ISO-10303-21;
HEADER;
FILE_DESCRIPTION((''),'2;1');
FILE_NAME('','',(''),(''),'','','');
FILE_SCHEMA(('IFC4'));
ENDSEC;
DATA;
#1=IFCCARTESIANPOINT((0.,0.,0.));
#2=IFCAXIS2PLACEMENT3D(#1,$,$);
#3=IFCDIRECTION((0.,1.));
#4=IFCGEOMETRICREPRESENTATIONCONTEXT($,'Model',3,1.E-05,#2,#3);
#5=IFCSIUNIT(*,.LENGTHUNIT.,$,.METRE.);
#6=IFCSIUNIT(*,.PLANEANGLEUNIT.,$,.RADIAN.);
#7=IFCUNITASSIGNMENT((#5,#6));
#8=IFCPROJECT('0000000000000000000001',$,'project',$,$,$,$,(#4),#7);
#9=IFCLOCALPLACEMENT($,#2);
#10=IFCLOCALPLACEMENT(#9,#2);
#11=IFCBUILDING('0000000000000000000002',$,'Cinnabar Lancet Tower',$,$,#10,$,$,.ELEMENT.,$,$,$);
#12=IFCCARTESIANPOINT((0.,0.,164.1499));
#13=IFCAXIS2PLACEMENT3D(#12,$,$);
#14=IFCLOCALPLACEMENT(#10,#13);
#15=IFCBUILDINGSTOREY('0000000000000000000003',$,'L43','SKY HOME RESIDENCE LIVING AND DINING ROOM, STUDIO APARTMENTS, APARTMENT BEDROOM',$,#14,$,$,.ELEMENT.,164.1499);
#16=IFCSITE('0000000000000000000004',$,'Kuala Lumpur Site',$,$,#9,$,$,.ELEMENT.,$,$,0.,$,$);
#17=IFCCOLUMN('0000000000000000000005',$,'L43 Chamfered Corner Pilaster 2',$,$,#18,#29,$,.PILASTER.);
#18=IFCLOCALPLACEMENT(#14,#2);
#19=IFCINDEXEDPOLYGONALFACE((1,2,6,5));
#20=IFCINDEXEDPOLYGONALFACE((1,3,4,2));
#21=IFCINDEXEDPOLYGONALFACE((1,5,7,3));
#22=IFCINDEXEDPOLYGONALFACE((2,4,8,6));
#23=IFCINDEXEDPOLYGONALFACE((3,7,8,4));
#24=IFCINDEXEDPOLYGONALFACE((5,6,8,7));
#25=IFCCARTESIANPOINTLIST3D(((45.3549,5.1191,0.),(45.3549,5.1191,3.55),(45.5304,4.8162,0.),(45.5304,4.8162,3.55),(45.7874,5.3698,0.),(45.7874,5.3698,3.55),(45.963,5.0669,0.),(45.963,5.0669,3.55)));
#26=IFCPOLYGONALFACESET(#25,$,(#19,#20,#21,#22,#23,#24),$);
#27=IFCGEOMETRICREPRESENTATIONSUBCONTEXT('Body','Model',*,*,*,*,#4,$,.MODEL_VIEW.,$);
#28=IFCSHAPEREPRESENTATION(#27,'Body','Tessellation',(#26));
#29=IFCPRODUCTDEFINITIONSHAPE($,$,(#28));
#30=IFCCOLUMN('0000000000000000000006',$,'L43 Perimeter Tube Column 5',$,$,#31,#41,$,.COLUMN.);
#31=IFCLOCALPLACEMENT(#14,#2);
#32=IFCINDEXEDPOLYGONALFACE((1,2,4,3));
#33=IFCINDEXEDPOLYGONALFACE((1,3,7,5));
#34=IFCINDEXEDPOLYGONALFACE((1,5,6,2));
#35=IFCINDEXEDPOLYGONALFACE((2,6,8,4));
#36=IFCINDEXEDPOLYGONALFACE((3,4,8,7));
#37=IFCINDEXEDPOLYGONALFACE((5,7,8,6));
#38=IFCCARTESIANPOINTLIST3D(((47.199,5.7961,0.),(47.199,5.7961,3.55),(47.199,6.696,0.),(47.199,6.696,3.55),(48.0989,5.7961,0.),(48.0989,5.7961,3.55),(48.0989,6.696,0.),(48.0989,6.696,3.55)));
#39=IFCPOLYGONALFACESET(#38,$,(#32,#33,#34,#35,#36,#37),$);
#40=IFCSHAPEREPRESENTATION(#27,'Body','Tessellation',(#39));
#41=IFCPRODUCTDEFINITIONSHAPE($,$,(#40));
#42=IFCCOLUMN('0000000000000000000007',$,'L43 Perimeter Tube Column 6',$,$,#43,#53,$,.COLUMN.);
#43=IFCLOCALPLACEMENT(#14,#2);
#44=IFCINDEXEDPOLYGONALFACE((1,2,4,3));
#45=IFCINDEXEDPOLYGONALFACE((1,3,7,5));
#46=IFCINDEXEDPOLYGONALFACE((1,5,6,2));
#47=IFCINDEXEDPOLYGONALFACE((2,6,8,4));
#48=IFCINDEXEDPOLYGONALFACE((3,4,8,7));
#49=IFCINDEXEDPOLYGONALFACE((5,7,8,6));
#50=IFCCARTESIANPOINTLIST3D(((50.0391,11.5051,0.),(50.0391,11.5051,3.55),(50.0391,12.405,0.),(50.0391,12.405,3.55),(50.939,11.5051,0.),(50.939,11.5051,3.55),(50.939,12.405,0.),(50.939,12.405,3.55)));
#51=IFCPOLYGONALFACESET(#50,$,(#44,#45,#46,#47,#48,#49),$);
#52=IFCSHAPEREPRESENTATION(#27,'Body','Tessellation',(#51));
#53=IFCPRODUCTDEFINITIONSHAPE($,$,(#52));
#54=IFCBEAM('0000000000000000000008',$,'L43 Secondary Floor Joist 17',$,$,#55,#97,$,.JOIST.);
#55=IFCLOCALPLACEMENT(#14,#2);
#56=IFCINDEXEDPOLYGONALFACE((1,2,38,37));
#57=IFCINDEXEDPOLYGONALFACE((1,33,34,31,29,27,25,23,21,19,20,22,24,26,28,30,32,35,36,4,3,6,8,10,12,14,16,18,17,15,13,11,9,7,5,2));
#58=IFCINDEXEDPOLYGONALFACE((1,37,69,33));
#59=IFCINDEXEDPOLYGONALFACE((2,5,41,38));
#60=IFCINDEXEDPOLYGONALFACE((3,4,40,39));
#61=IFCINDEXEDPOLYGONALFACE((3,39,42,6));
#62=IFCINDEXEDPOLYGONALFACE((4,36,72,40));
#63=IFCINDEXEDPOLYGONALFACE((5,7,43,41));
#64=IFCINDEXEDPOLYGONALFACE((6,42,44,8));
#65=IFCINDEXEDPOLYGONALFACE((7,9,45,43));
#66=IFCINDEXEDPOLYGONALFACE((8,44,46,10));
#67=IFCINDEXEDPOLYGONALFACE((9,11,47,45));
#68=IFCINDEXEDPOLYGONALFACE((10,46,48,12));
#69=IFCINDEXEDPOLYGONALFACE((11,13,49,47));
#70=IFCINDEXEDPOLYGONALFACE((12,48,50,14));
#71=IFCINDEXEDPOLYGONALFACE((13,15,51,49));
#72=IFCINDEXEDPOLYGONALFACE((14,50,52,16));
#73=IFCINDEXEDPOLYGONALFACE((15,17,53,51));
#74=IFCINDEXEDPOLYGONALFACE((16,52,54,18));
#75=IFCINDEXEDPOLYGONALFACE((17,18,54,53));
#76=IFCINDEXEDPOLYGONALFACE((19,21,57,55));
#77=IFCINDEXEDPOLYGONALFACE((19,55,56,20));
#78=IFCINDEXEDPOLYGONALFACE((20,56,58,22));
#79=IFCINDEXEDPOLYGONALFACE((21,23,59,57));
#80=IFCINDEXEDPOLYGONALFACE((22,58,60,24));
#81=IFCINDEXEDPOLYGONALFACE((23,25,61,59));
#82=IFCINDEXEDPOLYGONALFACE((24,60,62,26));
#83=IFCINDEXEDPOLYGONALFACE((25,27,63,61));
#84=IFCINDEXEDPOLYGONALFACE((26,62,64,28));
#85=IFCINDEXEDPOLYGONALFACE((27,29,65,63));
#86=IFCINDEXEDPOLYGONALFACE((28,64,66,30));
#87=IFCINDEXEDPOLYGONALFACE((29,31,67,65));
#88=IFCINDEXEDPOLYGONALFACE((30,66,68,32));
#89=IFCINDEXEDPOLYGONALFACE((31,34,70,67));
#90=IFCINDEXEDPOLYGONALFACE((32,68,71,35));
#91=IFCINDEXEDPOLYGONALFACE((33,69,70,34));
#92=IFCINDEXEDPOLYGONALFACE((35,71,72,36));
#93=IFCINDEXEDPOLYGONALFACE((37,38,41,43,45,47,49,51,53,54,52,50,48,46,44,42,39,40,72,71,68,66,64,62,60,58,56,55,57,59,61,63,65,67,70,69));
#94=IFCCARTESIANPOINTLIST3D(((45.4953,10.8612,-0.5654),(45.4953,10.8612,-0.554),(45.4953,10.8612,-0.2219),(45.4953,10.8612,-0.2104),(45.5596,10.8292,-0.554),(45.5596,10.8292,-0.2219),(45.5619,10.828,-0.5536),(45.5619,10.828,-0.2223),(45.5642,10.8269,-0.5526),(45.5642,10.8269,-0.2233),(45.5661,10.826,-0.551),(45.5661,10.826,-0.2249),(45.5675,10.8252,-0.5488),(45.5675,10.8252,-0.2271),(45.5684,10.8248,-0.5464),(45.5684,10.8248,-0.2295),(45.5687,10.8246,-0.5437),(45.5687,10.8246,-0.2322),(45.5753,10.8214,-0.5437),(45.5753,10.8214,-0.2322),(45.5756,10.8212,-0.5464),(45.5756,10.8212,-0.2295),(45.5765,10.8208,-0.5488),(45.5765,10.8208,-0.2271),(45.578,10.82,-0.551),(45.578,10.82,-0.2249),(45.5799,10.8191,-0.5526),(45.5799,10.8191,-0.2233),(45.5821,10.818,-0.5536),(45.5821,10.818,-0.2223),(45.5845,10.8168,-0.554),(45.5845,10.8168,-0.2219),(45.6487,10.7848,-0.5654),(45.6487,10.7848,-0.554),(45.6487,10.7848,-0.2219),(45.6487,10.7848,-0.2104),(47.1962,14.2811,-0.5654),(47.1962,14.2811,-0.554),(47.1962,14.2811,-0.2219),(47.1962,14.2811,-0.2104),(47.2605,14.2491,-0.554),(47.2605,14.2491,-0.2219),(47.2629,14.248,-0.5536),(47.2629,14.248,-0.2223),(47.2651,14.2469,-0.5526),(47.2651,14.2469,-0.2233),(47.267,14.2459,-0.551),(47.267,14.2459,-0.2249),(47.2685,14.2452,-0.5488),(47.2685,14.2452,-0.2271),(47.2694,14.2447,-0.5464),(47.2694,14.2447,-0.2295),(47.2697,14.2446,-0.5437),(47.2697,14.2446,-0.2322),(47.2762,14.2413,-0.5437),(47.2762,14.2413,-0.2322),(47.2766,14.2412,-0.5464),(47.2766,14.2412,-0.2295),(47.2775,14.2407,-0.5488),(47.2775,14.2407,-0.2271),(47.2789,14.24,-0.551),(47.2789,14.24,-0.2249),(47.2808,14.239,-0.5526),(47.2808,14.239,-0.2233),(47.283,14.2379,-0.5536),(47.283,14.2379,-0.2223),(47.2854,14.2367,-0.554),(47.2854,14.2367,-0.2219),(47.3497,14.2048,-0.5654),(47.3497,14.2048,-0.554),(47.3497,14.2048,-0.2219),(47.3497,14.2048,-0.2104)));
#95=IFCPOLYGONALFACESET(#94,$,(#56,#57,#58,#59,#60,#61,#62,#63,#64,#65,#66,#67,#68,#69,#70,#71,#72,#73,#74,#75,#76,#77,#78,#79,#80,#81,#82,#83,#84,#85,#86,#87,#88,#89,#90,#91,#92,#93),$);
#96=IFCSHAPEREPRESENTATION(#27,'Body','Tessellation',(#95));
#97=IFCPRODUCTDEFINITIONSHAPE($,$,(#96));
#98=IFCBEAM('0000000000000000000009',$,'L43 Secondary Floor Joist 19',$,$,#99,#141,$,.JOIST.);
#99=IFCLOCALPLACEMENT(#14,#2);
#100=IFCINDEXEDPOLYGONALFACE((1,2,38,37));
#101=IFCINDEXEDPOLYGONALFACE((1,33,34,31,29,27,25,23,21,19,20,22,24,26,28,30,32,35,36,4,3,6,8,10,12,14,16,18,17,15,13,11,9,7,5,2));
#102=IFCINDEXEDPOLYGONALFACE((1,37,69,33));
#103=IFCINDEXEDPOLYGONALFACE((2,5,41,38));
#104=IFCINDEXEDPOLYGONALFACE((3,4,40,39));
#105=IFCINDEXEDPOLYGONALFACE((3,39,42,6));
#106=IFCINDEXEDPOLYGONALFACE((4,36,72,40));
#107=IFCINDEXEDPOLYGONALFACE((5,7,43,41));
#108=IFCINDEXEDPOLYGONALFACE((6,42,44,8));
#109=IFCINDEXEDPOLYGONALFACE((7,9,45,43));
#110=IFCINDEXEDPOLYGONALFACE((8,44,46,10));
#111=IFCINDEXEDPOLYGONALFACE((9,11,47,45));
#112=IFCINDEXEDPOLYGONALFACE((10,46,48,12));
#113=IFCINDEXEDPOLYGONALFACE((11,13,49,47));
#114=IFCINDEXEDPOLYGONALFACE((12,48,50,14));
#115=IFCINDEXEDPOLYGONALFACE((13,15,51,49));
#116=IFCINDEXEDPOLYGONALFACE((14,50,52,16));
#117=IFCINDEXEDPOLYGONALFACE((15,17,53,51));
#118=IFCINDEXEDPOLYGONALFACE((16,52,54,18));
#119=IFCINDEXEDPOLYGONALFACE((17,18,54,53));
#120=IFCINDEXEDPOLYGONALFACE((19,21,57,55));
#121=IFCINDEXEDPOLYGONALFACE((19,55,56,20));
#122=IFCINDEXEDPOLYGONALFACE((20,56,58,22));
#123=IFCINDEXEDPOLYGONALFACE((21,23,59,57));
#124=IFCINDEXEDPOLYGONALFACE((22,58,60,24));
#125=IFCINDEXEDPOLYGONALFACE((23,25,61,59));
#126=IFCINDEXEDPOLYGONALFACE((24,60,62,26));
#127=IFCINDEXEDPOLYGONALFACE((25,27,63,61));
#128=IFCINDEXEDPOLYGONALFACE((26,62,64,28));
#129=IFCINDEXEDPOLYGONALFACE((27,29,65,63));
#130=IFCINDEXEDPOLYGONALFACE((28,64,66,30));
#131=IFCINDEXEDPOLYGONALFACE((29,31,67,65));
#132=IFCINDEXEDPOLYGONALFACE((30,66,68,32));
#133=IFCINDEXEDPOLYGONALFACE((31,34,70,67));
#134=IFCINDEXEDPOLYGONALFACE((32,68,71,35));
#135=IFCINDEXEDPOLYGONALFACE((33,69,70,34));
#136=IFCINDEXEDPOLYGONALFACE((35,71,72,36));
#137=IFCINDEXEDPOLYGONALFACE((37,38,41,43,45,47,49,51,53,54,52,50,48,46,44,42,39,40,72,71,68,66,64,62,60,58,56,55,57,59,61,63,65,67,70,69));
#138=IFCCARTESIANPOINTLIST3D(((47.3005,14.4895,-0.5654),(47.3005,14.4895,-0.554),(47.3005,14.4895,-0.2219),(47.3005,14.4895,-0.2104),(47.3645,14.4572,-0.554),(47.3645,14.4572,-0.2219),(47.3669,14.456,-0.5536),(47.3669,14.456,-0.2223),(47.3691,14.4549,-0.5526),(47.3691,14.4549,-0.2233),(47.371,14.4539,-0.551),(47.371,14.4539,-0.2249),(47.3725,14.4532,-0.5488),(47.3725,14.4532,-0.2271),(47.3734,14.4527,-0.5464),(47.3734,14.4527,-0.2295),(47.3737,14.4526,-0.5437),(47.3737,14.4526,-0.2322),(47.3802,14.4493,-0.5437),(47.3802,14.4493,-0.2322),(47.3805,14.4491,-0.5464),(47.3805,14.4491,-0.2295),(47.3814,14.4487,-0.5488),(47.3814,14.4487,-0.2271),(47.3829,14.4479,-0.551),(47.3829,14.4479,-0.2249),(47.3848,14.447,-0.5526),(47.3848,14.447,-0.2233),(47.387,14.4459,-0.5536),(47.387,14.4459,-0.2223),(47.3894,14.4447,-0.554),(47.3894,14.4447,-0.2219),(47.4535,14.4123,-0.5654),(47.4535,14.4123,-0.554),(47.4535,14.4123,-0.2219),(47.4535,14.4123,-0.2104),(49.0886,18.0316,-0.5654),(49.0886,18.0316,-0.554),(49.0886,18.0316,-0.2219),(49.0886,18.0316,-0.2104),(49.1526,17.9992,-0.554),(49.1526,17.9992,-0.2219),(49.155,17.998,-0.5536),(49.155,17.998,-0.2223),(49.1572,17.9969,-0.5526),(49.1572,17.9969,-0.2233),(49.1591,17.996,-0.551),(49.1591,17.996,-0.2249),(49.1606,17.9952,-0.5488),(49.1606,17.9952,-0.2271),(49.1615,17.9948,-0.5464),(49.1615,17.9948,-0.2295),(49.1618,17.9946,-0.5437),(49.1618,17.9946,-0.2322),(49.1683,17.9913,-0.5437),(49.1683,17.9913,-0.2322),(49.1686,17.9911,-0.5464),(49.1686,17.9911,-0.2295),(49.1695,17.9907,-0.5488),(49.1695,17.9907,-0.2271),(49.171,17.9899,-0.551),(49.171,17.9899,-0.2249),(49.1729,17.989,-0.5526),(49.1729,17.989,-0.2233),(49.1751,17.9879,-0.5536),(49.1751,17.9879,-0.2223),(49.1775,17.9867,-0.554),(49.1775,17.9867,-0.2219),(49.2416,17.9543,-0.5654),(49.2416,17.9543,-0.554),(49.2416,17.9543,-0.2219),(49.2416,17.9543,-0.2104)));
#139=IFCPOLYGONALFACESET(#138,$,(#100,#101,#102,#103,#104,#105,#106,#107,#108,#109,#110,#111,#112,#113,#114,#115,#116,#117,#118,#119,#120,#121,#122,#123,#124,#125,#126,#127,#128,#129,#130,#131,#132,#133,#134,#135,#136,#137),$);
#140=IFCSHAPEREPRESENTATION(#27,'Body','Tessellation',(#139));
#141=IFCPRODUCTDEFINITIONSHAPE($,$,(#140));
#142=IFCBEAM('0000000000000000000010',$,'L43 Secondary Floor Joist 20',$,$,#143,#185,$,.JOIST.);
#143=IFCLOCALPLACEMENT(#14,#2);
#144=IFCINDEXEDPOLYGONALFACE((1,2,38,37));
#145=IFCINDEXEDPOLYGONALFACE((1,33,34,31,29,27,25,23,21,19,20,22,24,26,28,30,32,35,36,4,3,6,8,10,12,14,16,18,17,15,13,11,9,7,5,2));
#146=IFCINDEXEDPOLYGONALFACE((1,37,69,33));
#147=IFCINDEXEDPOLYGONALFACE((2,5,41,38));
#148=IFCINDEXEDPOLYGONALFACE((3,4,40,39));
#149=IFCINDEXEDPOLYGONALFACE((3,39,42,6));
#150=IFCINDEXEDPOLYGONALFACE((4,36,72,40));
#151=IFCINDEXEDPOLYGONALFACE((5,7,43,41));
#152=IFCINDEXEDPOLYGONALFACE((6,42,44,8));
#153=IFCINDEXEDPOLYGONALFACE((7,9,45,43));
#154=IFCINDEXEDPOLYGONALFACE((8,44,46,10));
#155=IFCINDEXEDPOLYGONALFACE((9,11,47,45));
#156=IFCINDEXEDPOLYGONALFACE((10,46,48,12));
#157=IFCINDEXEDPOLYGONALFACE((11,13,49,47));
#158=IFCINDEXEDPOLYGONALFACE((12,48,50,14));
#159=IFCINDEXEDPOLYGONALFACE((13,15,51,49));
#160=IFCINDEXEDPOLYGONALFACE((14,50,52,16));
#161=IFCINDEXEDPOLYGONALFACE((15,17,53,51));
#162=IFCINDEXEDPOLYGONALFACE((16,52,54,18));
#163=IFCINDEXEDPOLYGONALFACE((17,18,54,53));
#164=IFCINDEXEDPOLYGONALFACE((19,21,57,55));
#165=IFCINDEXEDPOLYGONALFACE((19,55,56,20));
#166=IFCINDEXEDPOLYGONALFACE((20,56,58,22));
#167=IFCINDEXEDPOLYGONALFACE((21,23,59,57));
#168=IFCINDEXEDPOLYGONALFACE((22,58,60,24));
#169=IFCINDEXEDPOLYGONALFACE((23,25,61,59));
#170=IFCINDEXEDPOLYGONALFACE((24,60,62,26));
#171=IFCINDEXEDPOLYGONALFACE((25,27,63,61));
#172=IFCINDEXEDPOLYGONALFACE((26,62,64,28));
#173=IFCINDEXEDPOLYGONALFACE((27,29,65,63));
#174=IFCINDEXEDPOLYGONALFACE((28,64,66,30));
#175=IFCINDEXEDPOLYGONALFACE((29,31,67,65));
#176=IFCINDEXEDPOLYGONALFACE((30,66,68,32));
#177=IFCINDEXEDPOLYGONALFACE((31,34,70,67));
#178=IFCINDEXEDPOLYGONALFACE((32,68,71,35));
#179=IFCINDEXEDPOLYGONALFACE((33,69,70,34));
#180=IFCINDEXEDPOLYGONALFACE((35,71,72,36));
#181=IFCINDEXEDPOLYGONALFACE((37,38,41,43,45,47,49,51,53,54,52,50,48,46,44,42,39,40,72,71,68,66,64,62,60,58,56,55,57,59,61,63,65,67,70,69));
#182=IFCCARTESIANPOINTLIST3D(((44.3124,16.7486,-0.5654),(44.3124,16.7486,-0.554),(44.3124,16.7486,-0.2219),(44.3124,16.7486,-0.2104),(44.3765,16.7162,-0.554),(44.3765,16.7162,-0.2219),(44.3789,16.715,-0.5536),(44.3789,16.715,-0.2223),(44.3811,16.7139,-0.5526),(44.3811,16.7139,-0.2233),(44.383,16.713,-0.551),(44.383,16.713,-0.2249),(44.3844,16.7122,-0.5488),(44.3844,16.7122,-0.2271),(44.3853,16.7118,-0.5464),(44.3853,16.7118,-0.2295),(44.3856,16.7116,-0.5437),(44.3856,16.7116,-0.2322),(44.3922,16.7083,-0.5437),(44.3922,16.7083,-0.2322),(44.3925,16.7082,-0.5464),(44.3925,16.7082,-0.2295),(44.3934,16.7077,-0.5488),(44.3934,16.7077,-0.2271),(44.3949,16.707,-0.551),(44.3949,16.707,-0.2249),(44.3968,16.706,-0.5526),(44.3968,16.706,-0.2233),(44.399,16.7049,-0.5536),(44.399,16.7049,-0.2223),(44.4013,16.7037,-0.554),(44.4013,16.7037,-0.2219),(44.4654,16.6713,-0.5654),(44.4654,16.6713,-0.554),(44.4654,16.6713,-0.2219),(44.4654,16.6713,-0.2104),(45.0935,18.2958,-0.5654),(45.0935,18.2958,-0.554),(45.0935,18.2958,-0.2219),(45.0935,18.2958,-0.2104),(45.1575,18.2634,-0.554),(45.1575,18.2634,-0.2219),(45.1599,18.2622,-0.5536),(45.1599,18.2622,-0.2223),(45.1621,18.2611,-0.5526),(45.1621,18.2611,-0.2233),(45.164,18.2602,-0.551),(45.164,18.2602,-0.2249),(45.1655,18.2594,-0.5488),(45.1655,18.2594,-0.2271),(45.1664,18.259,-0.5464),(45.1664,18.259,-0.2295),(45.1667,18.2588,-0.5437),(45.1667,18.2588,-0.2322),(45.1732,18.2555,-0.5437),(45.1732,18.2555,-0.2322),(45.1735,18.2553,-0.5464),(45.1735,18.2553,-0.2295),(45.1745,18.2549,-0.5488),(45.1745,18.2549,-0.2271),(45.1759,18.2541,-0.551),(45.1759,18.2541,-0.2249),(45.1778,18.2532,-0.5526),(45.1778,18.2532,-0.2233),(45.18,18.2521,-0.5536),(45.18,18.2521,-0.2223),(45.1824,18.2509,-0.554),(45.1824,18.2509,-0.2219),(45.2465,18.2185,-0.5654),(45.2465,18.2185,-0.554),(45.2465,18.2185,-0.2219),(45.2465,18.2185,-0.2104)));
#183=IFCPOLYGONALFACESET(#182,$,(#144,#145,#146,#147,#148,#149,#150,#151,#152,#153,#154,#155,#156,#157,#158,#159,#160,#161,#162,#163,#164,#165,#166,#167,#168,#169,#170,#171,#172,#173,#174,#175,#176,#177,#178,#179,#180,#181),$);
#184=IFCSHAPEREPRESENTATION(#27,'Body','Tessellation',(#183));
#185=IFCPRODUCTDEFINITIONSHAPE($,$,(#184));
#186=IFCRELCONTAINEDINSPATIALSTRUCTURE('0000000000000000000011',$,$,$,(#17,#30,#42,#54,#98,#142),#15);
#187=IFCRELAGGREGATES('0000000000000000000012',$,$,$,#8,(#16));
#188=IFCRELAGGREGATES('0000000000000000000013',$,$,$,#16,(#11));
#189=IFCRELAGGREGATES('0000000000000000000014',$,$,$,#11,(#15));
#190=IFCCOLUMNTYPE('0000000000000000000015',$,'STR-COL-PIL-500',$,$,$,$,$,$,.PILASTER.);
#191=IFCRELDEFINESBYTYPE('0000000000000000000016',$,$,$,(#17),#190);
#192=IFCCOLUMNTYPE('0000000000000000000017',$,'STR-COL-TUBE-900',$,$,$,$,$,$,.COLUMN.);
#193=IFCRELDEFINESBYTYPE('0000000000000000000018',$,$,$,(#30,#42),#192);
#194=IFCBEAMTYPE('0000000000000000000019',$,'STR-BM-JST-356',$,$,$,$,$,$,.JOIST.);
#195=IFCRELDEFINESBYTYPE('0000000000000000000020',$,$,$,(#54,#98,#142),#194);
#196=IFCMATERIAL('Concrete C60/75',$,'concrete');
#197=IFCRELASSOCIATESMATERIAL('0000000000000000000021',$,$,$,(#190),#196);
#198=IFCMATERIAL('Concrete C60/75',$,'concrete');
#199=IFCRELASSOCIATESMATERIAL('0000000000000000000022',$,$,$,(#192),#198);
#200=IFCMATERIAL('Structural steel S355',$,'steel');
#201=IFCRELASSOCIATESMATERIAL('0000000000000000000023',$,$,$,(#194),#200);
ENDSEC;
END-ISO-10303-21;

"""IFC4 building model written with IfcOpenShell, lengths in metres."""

from ifc_helpers import new_model, si_unit, direction, frame, origin, origin_2d, place, context, subcontext, project, spatial, rectangle, i_section, extrude, material, material_profile, profile_set, type_object, element, save


model = new_model("IFC4")

# Units and contexts
model_context = context("Model", 3, precision=1e-05, world=origin(), true_north=direction((0.0, 1.0)))
body_context = subcontext(model_context, "Body", "Model", "MODEL_VIEW")
ifc_project = project(units=[si_unit("LENGTHUNIT", "METRE"), si_unit("PLANEANGLEUNIT", "RADIAN")], contexts=[model_context])

# Site, building, storey
site_placement = place(None, origin())
site = spatial("IfcSite", under=ifc_project, at=site_placement, Name="Kuala Lumpur Site", CompositionType="ELEMENT", RefElevation=0.0)
building_placement = place(site_placement, origin())
building = spatial("IfcBuilding", under=site, at=building_placement, Name="Cinnabar Lancet Tower", CompositionType="ELEMENT")
storey_placement = place(building_placement, frame((0.0, 0.0, 164.1499)))
storey = spatial("IfcBuildingStorey", under=building, at=storey_placement, Name="L43", Description="SKY HOME RESIDENCE LIVING AND DINING ROOM, STUDIO APARTMENTS, APARTMENT BEDROOM", CompositionType="ELEMENT", Elevation=164.1499)

# Columns
ifc_material_1 = material(Name="Concrete C60/75", Category="concrete")
ifc_material_profile_1 = material_profile(ifc_material_1, rectangle(XDim=0.5, YDim=0.3501, at=origin_2d()), Name="RC-PIL 500x350")
ifc_profile_set_1 = profile_set([ifc_material_profile_1], Name="Concrete C60/75")
column_type_1 = type_object("IfcColumnType", Name="STR-COL-PIL-500", PredefinedType="PILASTER", material=ifc_profile_set_1)
column_placement = place(storey_placement, frame((45.6589, 5.093, 0.0), z_axis=(0.0, 0.0, 1.0), x_axis=(0.86516, 0.501496, 0.0)))
element("IfcColumn", 1, at=column_placement, inside=storey, type_object=column_type_1, Name="L43 Chamfered Corner Pilaster 2", PredefinedType="PILASTER", context=body_context, shape_type="SweptSolid", body=[
    extrude(rectangle(XDim=0.5, YDim=0.3501, at=origin_2d()), origin(), (0.0, 0.0, 1.0), 3.55),
])
ifc_material_2 = material(Name="Concrete C60/75", Category="concrete")
ifc_material_profile_2 = material_profile(ifc_material_2, rectangle(XDim=0.8999, YDim=0.8999, at=origin_2d()), Name="RC-COL 900x900")
ifc_profile_set_2 = profile_set([ifc_material_profile_2], Name="Concrete C60/75")
column_type_2 = type_object("IfcColumnType", Name="STR-COL-TUBE-900", PredefinedType="COLUMN", material=ifc_profile_set_2)
for number, where, z_axis, x_axis, name in (
    (2, (47.6489, 6.2461, 0.0), (0.0, 0.0, 1.0), (1.0, 0.0, 0.0), "L43 Perimeter Tube Column 5"),
    (3, (50.489, 11.9551, 0.0), (0.0, 0.0, 1.0), (1.0, 0.0, 0.0), "L43 Perimeter Tube Column 6"),
):
    element("IfcColumn", number, at=place(storey_placement, frame(where, z_axis=z_axis, x_axis=x_axis)), inside=storey, type_object=column_type_2, Name=name, PredefinedType="COLUMN", context=body_context, shape_type="SweptSolid", body=[
        extrude(rectangle(XDim=0.8999, YDim=0.8999, at=origin_2d()), origin(), (0.0, 0.0, 1.0), 3.55),
    ])

# Beams
ifc_material_3 = material(Name="Structural steel S355", Category="steel")
ifc_material_profile_3 = material_profile(ifc_material_3, i_section(OverallWidth=0.1714, OverallDepth=0.355, WebThickness=0.0073, FlangeThickness=0.0115, FilletRadius=0.0103, at=origin_2d()), Name="UKB 356x171x51")
ifc_profile_set_3 = profile_set([ifc_material_profile_3], Name="Structural steel S355")
beam_type_1 = type_object("IfcBeamType", Name="STR-BM-JST-356", PredefinedType="JOIST", material=ifc_profile_set_3)
beam_1_placement = place(storey_placement, frame((45.572, 10.823, -0.3879), z_axis=(0.445321, 0.895371, 0.0), x_axis=(-0.895371, 0.445321, 0.0)))
element("IfcBeam", 4, at=beam_1_placement, inside=storey, type_object=beam_type_1, Name="L43 Secondary Floor Joist 17", PredefinedType="JOIST", context=body_context, shape_type="SweptSolid", body=[
    extrude(i_section(OverallWidth=0.1714, OverallDepth=0.355, WebThickness=0.0073, FlangeThickness=0.0115, FilletRadius=0.0103, at=origin_2d()), origin(), (0.0, 0.0, 1.0), 3.8196),
])
beam_2_placement = place(storey_placement, frame((47.377, 14.4509, -0.3879), z_axis=(0.450656, 0.892698, 0.0), x_axis=(-0.892698, 0.450656, 0.0)))
element("IfcBeam", 5, at=beam_2_placement, inside=storey, type_object=beam_type_1, Name="L43 Secondary Floor Joist 19", PredefinedType="JOIST", context=body_context, shape_type="SweptSolid", body=[
    extrude(i_section(OverallWidth=0.1714, OverallDepth=0.355, WebThickness=0.0073, FlangeThickness=0.0115, FilletRadius=0.0103, at=origin_2d()), origin(), (0.0, 0.0, 1.0), 3.9678),
])
beam_3_placement = place(storey_placement, frame((44.3889, 16.71, -0.3879), z_axis=(0.450648, 0.892702, 0.0), x_axis=(-0.892702, 0.450648, 0.0)))
element("IfcBeam", 6, at=beam_3_placement, inside=storey, type_object=beam_type_1, Name="L43 Secondary Floor Joist 20", PredefinedType="JOIST", context=body_context, shape_type="SweptSolid", body=[
    extrude(i_section(OverallWidth=0.1714, OverallDepth=0.355, WebThickness=0.0073, FlangeThickness=0.0115, FilletRadius=0.0103, at=origin_2d()), origin(), (0.0, 0.0, 1.0), 1.7332),
])

save(model, "model.ifc")
